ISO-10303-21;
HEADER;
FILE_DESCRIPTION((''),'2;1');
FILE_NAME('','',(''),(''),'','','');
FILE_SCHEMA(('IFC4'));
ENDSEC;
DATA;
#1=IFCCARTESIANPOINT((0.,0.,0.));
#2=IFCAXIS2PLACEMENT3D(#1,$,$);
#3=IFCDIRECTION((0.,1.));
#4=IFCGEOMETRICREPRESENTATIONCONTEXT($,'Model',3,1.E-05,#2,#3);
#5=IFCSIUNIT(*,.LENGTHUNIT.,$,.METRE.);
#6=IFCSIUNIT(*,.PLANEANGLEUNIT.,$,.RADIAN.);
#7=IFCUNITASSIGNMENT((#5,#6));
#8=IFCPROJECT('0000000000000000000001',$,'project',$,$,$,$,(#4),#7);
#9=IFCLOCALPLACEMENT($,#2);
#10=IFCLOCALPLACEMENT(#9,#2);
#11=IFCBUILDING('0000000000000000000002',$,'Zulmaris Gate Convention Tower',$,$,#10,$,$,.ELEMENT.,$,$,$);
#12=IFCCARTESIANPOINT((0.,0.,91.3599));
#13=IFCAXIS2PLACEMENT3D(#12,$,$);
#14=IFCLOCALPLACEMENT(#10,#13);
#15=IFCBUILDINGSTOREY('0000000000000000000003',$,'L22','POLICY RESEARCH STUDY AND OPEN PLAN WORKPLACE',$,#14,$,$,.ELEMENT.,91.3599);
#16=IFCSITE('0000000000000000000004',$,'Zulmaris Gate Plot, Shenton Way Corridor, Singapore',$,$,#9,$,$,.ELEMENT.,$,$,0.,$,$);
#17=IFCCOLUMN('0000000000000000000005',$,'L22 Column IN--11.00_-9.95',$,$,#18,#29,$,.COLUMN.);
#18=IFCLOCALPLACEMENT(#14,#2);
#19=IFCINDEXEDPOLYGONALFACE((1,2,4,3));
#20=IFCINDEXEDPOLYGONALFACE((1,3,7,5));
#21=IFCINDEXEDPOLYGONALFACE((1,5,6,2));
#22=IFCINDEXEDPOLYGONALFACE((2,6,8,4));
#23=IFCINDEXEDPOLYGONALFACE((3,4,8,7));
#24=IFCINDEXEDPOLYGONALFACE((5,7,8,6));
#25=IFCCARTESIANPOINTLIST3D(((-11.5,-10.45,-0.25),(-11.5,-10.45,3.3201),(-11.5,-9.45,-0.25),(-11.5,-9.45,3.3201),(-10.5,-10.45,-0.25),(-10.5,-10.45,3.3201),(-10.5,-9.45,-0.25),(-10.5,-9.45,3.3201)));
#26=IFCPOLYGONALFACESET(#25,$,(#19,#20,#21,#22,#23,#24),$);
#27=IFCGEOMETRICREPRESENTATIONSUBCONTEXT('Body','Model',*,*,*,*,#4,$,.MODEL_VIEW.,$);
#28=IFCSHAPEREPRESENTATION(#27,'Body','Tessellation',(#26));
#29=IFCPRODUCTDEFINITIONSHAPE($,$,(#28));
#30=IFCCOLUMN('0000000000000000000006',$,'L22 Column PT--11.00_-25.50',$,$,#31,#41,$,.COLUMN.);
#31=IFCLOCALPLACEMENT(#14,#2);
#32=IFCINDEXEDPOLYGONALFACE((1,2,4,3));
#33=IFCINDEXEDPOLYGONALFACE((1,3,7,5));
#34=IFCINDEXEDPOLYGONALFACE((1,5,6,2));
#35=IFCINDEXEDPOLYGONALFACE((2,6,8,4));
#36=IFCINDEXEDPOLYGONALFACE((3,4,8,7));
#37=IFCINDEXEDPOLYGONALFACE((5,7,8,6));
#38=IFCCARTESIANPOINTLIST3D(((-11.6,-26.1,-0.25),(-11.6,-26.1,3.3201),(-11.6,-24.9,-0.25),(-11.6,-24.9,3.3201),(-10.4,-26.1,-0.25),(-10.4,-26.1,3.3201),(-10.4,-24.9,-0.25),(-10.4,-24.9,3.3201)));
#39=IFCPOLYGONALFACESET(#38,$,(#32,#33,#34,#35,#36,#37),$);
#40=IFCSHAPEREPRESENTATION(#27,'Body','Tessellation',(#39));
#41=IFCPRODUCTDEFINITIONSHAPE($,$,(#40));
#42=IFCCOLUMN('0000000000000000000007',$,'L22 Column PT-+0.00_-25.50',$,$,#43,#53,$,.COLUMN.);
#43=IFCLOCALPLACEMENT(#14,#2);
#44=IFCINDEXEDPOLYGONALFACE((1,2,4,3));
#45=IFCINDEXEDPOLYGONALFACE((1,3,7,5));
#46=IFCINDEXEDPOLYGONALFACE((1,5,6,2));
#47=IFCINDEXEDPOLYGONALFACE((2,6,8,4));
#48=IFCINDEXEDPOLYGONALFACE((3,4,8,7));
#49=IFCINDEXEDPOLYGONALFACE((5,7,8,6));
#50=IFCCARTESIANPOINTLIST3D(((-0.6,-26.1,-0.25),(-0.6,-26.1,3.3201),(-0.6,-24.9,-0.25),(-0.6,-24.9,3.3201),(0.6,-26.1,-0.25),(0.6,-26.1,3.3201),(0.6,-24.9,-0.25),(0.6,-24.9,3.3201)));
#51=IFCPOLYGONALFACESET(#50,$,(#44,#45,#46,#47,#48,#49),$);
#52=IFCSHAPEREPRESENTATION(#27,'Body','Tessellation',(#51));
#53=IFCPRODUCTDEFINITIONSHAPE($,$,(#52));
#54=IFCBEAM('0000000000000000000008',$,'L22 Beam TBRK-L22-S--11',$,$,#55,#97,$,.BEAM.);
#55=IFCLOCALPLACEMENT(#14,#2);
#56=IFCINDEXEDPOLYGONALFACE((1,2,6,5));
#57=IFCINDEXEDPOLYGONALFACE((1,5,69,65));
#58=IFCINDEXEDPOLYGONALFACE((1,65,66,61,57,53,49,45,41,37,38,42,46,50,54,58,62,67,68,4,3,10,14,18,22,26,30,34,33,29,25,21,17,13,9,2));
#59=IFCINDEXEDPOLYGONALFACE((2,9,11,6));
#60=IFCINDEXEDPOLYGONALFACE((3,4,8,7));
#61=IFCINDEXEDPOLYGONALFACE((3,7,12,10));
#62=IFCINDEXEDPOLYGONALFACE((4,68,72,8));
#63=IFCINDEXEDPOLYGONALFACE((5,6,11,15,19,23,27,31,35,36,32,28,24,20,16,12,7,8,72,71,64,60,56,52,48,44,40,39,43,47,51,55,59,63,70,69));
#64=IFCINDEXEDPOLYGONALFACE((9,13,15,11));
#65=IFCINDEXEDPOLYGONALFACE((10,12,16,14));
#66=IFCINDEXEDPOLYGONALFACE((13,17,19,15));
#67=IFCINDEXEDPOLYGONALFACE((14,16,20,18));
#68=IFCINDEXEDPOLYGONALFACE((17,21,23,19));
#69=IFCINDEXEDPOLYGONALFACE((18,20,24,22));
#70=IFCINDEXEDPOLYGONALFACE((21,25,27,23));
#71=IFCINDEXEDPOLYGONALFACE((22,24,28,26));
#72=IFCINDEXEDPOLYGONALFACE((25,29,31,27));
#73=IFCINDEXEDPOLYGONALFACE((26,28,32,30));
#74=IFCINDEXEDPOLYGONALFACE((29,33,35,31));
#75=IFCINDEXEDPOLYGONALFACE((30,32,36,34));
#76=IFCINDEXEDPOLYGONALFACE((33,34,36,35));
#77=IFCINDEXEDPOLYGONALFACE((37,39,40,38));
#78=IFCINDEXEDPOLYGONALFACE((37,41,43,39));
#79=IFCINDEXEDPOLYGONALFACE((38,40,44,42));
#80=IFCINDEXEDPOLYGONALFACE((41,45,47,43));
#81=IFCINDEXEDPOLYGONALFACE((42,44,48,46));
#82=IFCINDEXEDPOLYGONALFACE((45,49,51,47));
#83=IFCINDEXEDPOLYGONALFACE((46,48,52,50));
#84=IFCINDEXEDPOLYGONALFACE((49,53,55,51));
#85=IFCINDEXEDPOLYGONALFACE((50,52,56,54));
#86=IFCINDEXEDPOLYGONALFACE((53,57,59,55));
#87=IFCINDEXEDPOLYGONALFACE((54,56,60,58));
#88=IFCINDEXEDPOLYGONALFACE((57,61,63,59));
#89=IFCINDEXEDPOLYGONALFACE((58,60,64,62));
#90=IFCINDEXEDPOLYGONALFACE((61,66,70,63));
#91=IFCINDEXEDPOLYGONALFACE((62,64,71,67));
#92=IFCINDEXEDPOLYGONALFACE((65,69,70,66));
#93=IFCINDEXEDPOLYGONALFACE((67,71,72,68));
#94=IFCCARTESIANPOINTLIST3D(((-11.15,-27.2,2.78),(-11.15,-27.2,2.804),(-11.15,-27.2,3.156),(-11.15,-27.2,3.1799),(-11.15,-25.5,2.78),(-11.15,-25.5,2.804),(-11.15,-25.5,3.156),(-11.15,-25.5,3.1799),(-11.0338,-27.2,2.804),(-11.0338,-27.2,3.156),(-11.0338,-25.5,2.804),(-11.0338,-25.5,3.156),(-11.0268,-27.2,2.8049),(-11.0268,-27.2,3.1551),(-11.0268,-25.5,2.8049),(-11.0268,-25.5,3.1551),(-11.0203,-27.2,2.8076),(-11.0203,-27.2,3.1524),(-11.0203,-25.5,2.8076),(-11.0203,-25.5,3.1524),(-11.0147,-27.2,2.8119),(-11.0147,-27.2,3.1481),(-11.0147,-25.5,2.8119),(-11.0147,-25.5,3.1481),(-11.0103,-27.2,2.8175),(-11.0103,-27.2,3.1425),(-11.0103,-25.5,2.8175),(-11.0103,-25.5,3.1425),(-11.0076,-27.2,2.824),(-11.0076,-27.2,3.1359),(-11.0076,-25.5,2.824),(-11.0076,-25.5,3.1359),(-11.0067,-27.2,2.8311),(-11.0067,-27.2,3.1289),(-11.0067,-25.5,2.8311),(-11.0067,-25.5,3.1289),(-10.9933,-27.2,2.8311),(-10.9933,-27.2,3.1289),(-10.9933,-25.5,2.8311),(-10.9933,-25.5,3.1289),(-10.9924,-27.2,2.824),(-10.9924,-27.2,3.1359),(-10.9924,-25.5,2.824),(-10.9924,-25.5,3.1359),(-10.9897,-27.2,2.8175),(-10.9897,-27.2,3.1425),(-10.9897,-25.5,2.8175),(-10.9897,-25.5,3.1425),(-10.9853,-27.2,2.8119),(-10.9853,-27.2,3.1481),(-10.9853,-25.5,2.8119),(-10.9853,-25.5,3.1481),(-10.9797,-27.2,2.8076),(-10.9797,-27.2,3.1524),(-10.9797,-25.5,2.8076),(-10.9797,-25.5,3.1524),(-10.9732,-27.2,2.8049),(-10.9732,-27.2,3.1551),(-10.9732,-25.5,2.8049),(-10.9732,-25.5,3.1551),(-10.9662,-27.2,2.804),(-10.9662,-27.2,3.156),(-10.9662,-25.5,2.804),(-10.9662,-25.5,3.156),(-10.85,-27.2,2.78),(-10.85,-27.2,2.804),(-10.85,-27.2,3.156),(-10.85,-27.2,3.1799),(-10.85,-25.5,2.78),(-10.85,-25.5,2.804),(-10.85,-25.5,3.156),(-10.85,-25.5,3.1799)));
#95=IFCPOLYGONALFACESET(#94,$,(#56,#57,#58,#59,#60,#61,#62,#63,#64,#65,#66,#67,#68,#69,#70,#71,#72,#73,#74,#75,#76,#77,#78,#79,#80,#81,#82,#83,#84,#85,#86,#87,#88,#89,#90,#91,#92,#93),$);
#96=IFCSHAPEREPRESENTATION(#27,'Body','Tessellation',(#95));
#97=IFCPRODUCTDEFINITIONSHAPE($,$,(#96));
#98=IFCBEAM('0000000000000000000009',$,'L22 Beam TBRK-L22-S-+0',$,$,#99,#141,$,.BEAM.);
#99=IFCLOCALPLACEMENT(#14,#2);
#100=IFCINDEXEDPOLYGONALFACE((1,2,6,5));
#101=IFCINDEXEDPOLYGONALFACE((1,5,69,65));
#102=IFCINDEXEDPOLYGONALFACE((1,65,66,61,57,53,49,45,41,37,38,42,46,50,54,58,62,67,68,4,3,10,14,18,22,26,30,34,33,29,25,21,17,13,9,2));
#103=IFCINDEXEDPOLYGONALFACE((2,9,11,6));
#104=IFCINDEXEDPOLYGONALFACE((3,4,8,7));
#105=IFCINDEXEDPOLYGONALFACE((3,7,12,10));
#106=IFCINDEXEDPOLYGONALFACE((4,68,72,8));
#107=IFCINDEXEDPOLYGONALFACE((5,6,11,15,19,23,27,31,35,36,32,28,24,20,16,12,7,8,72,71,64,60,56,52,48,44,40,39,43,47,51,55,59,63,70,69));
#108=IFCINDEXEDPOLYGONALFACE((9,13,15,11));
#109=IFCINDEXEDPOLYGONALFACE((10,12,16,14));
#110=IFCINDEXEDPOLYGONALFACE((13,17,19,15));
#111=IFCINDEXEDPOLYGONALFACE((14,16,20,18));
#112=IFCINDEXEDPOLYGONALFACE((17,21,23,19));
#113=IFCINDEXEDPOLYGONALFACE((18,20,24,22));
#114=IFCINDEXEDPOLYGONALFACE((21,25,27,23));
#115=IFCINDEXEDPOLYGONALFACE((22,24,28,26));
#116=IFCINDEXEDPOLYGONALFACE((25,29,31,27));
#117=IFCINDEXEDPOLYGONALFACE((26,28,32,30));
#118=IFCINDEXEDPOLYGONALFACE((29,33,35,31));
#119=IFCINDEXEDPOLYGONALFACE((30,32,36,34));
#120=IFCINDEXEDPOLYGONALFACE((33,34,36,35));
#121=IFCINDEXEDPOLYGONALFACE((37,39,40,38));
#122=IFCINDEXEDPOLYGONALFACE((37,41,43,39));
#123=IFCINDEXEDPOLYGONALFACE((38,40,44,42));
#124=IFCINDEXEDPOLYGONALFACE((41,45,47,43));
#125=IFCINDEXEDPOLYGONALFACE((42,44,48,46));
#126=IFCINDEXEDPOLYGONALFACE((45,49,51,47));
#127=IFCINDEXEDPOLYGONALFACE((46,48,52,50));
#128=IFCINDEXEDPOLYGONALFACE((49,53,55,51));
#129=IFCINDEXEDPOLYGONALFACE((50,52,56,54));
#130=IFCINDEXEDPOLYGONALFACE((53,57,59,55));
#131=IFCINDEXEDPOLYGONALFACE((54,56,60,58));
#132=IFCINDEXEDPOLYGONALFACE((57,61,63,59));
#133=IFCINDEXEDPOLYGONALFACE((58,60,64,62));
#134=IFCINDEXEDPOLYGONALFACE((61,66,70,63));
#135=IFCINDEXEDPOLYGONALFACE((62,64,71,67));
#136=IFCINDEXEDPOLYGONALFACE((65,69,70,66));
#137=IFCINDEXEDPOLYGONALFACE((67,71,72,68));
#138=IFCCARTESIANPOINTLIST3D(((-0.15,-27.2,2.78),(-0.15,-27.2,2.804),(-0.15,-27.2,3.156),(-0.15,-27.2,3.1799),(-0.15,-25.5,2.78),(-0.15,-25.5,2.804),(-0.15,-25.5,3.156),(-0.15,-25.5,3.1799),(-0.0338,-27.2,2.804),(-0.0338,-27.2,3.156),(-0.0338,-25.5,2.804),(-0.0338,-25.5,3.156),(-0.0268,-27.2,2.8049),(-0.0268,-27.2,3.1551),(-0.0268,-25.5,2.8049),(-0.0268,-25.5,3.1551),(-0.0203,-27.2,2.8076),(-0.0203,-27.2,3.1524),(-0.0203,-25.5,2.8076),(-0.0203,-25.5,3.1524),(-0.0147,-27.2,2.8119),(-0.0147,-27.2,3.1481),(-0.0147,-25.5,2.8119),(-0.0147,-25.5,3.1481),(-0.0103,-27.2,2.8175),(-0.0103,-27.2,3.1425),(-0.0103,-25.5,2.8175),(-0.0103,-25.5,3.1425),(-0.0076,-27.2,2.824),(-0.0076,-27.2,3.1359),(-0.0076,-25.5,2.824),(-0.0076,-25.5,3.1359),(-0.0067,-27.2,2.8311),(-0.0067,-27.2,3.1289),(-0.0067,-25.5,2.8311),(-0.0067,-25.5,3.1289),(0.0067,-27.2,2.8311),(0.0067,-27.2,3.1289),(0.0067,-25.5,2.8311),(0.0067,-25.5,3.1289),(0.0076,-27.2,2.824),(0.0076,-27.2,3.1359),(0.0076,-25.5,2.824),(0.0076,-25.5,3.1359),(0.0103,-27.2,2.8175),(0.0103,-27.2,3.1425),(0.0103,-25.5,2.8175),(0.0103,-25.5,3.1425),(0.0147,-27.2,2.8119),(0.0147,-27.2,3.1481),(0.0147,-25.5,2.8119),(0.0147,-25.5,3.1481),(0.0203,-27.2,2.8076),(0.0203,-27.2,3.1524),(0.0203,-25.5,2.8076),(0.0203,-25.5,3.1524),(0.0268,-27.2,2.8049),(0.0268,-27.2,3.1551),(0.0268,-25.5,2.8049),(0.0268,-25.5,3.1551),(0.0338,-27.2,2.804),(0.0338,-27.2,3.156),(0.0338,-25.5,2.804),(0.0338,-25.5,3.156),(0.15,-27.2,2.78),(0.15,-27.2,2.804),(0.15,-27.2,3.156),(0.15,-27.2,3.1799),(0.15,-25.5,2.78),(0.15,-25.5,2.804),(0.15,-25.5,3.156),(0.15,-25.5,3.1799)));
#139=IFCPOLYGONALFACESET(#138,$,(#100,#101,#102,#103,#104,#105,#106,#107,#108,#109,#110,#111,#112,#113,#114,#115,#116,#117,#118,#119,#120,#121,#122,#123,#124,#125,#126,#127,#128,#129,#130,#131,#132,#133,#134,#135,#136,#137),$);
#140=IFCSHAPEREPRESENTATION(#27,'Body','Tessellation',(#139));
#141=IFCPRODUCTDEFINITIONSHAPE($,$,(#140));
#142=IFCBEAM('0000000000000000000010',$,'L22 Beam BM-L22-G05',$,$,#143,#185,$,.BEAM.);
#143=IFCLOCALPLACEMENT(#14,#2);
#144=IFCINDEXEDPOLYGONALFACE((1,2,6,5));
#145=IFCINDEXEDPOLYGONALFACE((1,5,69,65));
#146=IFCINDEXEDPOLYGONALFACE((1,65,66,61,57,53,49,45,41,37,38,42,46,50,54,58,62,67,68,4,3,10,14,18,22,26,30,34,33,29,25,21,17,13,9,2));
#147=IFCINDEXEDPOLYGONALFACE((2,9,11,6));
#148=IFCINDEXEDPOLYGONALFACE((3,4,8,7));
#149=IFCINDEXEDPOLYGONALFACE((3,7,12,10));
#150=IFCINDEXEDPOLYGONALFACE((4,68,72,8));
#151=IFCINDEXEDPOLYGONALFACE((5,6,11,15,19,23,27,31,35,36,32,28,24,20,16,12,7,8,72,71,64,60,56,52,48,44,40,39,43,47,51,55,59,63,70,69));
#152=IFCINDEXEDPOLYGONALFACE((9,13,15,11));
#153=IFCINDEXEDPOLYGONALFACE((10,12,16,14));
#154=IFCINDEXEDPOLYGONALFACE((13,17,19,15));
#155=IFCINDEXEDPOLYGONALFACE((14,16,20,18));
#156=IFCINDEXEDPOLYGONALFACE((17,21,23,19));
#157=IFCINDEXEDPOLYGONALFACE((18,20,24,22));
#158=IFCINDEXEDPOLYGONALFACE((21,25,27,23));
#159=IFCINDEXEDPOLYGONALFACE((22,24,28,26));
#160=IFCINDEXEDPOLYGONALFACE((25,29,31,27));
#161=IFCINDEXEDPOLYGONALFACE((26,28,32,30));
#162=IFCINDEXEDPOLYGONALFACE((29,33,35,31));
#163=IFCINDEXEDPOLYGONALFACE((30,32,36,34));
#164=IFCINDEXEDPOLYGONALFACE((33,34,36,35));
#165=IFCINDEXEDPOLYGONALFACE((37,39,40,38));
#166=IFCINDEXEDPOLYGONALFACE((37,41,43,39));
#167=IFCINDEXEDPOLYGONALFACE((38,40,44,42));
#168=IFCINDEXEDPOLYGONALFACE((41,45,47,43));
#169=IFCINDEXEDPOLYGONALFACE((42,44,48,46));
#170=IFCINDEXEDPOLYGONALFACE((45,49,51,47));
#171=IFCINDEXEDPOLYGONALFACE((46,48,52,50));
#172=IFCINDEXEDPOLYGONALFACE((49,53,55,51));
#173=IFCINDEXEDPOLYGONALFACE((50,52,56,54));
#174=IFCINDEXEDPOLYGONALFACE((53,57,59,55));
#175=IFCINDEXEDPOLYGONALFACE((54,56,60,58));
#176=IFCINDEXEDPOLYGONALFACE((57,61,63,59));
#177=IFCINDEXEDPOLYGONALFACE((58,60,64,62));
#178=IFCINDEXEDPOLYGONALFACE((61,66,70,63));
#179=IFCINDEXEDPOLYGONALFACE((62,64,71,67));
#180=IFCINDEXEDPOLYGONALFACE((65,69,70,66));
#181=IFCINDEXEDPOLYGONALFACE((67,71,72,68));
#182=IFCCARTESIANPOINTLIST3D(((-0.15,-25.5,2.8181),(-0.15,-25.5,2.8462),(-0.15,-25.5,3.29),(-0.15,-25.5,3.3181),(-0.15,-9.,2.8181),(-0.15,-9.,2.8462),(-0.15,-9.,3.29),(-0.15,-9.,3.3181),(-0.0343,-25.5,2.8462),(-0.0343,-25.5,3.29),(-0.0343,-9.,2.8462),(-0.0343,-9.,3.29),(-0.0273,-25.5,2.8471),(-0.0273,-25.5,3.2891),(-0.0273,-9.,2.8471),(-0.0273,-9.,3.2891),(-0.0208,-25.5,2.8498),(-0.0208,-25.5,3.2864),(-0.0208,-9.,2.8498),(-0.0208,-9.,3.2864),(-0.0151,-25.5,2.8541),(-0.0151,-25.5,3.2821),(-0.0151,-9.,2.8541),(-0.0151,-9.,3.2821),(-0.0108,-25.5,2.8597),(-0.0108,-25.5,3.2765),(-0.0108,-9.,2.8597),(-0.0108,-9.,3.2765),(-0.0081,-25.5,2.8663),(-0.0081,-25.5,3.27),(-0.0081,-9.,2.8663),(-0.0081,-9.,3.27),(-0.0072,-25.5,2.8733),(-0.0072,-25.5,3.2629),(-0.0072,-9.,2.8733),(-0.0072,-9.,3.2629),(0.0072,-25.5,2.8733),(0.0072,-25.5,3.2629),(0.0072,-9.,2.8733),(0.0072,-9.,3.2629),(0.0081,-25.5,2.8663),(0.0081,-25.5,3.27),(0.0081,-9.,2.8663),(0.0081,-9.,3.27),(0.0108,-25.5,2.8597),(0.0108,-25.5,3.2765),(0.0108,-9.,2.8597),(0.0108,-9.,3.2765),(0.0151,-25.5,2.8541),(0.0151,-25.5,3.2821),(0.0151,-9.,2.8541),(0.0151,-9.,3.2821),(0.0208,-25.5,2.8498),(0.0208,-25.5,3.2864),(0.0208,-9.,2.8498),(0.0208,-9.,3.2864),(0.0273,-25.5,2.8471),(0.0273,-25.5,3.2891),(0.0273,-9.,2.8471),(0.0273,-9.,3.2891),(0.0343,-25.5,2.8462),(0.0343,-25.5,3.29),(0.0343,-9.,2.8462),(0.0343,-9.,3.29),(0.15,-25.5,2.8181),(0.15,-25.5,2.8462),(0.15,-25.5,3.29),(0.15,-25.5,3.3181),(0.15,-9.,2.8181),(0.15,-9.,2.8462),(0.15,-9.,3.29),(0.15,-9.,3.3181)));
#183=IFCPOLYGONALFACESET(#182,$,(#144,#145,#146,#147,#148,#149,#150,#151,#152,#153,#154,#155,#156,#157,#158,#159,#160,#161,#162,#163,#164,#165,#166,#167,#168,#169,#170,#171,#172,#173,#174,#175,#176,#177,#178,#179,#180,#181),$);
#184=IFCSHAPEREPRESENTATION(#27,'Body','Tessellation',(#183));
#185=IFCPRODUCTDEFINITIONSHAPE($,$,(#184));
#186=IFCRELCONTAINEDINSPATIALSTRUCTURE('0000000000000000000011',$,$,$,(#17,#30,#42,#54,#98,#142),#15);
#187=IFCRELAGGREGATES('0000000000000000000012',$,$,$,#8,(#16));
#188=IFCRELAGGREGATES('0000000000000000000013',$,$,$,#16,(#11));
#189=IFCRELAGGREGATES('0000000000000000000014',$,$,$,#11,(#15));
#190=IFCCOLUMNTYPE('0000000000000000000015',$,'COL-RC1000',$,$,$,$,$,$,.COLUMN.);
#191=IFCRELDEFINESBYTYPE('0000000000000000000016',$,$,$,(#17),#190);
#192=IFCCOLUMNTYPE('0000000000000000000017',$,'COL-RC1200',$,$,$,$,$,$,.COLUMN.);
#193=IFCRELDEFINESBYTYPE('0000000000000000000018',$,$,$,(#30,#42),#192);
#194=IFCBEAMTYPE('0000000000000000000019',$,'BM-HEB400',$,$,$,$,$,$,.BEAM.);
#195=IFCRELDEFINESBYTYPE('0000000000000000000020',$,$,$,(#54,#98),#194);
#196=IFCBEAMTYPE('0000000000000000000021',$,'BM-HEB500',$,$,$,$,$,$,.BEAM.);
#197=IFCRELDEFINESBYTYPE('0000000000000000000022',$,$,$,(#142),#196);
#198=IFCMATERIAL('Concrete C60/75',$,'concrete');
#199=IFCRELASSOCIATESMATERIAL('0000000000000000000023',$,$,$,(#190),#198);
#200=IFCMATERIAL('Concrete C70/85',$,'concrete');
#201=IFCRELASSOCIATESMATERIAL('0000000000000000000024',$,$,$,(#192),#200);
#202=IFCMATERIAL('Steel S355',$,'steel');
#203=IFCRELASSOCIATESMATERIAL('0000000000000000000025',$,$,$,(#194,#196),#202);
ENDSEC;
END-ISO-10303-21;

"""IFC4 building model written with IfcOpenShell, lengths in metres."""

from ifc_helpers import new_model, si_unit, direction, frame, origin, origin_2d, place, context, subcontext, project, spatial, rectangle, i_section, extrude, material, material_profile, profile_set, type_object, element, save


model = new_model("IFC4")

# Units and contexts
model_context = context("Model", 3, precision=1e-05, world=origin(), true_north=direction((0.0, 1.0)))
body_context = subcontext(model_context, "Body", "Model", "MODEL_VIEW")
ifc_project = project(units=[si_unit("LENGTHUNIT", "METRE"), si_unit("PLANEANGLEUNIT", "RADIAN")], contexts=[model_context])

# Site, building, storey
site_placement = place(None, origin())
site = spatial("IfcSite", under=ifc_project, at=site_placement, Name="Zulmaris Gate Plot, Shenton Way Corridor, Singapore", CompositionType="ELEMENT", RefElevation=0.0)
building_placement = place(site_placement, origin())
building = spatial("IfcBuilding", under=site, at=building_placement, Name="Zulmaris Gate Convention Tower", CompositionType="ELEMENT")
storey_placement = place(building_placement, frame((0.0, 0.0, 91.3599)))
storey = spatial("IfcBuildingStorey", under=building, at=storey_placement, Name="L22", Description="POLICY RESEARCH STUDY AND OPEN PLAN WORKPLACE", CompositionType="ELEMENT", Elevation=91.3599)

# Columns
ifc_material_1 = material(Name="Concrete C60/75", Category="concrete")
ifc_material_profile_1 = material_profile(ifc_material_1, rectangle(XDim=1.0, YDim=1.0, at=origin_2d()), Name="RC COL 1000x1000")
ifc_profile_set_1 = profile_set([ifc_material_profile_1], Name="Concrete C60/75")
column_type_1 = type_object("IfcColumnType", Name="COL-RC1000", PredefinedType="COLUMN", material=ifc_profile_set_1)
column_placement = place(storey_placement, frame((-11.0, -9.95, -0.25), z_axis=(0.0, 0.0, 1.0), x_axis=(1.0, 0.0, 0.0)))
element("IfcColumn", 1, at=column_placement, inside=storey, type_object=column_type_1, Name="L22 Column IN--11.00_-9.95", PredefinedType="COLUMN", context=body_context, shape_type="SweptSolid", body=[
    extrude(rectangle(XDim=1.0, YDim=1.0, at=origin_2d()), origin(), (0.0, 0.0, 1.0), 3.5701),
])
ifc_material_2 = material(Name="Concrete C70/85", Category="concrete")
ifc_material_profile_2 = material_profile(ifc_material_2, rectangle(XDim=1.2, YDim=1.2, at=origin_2d()), Name="RC COL 1200x1200")
ifc_profile_set_2 = profile_set([ifc_material_profile_2], Name="Concrete C70/85")
column_type_2 = type_object("IfcColumnType", Name="COL-RC1200", PredefinedType="COLUMN", material=ifc_profile_set_2)
for number, where, z_axis, x_axis, name in (
    (2, (-11.0, -25.5, -0.25), (0.0, 0.0, 1.0), (1.0, 0.0, 0.0), "L22 Column PT--11.00_-25.50"),
    (3, (0.0, -25.5, -0.25), (0.0, 0.0, 1.0), (1.0, 0.0, 0.0), "L22 Column PT-+0.00_-25.50"),
):
    element("IfcColumn", number, at=place(storey_placement, frame(where, z_axis=z_axis, x_axis=x_axis)), inside=storey, type_object=column_type_2, Name=name, PredefinedType="COLUMN", context=body_context, shape_type="SweptSolid", body=[
        extrude(rectangle(XDim=1.2, YDim=1.2, at=origin_2d()), origin(), (0.0, 0.0, 1.0), 3.5701),
    ])

# Beams
ifc_material_3 = material(Name="Steel S355", Category="steel")
ifc_material_profile_3 = material_profile(ifc_material_3, i_section(OverallWidth=0.3, OverallDepth=0.3999, WebThickness=0.0134, FlangeThickness=0.0239, FilletRadius=0.0271, at=origin_2d()), Name="HEB 400")
ifc_profile_set_3 = profile_set([ifc_material_profile_3], Name="Steel S355")
beam_type_1 = type_object("IfcBeamType", Name="BM-HEB400", PredefinedType="BEAM", material=ifc_profile_set_3)
for number, where, z_axis, x_axis, name in (
    (4, (-11.0, -27.2, 2.98), (0.0, 1.0, 0.0), (-1.0, 0.0, 0.0), "L22 Beam TBRK-L22-S--11"),
    (5, (0.0, -27.2, 2.98), (0.0, 1.0, 0.0), (-1.0, 0.0, 0.0), "L22 Beam TBRK-L22-S-+0"),
):
    element("IfcBeam", number, at=place(storey_placement, frame(where, z_axis=z_axis, x_axis=x_axis)), inside=storey, type_object=beam_type_1, Name=name, PredefinedType="BEAM", context=body_context, shape_type="SweptSolid", body=[
        extrude(i_section(OverallWidth=0.3, OverallDepth=0.3999, WebThickness=0.0134, FlangeThickness=0.0239, FilletRadius=0.0271, at=origin_2d()), origin(), (0.0, 0.0, 1.0), 1.7),
    ])
ifc_material_profile_4 = material_profile(ifc_material_3, i_section(OverallWidth=0.3, OverallDepth=0.5, WebThickness=0.0144, FlangeThickness=0.0281, FilletRadius=0.0271, at=origin_2d()), Name="HEB 500")
ifc_profile_set_4 = profile_set([ifc_material_profile_4], Name="Steel S355")
beam_type_2 = type_object("IfcBeamType", Name="BM-HEB500", PredefinedType="BEAM", material=ifc_profile_set_4)
beam_1_placement = place(storey_placement, frame((0.0, -25.5, 3.0681), z_axis=(0.0, 1.0, 0.0), x_axis=(-1.0, 0.0, 0.0)))
element("IfcBeam", 6, at=beam_1_placement, inside=storey, type_object=beam_type_2, Name="L22 Beam BM-L22-G05", PredefinedType="BEAM", context=body_context, shape_type="SweptSolid", body=[
    extrude(i_section(OverallWidth=0.3, OverallDepth=0.5, WebThickness=0.0144, FlangeThickness=0.0281, FilletRadius=0.0271, at=origin_2d()), origin(), (0.0, 0.0, 1.0), 16.5),
])

save(model, "model.ifc")
